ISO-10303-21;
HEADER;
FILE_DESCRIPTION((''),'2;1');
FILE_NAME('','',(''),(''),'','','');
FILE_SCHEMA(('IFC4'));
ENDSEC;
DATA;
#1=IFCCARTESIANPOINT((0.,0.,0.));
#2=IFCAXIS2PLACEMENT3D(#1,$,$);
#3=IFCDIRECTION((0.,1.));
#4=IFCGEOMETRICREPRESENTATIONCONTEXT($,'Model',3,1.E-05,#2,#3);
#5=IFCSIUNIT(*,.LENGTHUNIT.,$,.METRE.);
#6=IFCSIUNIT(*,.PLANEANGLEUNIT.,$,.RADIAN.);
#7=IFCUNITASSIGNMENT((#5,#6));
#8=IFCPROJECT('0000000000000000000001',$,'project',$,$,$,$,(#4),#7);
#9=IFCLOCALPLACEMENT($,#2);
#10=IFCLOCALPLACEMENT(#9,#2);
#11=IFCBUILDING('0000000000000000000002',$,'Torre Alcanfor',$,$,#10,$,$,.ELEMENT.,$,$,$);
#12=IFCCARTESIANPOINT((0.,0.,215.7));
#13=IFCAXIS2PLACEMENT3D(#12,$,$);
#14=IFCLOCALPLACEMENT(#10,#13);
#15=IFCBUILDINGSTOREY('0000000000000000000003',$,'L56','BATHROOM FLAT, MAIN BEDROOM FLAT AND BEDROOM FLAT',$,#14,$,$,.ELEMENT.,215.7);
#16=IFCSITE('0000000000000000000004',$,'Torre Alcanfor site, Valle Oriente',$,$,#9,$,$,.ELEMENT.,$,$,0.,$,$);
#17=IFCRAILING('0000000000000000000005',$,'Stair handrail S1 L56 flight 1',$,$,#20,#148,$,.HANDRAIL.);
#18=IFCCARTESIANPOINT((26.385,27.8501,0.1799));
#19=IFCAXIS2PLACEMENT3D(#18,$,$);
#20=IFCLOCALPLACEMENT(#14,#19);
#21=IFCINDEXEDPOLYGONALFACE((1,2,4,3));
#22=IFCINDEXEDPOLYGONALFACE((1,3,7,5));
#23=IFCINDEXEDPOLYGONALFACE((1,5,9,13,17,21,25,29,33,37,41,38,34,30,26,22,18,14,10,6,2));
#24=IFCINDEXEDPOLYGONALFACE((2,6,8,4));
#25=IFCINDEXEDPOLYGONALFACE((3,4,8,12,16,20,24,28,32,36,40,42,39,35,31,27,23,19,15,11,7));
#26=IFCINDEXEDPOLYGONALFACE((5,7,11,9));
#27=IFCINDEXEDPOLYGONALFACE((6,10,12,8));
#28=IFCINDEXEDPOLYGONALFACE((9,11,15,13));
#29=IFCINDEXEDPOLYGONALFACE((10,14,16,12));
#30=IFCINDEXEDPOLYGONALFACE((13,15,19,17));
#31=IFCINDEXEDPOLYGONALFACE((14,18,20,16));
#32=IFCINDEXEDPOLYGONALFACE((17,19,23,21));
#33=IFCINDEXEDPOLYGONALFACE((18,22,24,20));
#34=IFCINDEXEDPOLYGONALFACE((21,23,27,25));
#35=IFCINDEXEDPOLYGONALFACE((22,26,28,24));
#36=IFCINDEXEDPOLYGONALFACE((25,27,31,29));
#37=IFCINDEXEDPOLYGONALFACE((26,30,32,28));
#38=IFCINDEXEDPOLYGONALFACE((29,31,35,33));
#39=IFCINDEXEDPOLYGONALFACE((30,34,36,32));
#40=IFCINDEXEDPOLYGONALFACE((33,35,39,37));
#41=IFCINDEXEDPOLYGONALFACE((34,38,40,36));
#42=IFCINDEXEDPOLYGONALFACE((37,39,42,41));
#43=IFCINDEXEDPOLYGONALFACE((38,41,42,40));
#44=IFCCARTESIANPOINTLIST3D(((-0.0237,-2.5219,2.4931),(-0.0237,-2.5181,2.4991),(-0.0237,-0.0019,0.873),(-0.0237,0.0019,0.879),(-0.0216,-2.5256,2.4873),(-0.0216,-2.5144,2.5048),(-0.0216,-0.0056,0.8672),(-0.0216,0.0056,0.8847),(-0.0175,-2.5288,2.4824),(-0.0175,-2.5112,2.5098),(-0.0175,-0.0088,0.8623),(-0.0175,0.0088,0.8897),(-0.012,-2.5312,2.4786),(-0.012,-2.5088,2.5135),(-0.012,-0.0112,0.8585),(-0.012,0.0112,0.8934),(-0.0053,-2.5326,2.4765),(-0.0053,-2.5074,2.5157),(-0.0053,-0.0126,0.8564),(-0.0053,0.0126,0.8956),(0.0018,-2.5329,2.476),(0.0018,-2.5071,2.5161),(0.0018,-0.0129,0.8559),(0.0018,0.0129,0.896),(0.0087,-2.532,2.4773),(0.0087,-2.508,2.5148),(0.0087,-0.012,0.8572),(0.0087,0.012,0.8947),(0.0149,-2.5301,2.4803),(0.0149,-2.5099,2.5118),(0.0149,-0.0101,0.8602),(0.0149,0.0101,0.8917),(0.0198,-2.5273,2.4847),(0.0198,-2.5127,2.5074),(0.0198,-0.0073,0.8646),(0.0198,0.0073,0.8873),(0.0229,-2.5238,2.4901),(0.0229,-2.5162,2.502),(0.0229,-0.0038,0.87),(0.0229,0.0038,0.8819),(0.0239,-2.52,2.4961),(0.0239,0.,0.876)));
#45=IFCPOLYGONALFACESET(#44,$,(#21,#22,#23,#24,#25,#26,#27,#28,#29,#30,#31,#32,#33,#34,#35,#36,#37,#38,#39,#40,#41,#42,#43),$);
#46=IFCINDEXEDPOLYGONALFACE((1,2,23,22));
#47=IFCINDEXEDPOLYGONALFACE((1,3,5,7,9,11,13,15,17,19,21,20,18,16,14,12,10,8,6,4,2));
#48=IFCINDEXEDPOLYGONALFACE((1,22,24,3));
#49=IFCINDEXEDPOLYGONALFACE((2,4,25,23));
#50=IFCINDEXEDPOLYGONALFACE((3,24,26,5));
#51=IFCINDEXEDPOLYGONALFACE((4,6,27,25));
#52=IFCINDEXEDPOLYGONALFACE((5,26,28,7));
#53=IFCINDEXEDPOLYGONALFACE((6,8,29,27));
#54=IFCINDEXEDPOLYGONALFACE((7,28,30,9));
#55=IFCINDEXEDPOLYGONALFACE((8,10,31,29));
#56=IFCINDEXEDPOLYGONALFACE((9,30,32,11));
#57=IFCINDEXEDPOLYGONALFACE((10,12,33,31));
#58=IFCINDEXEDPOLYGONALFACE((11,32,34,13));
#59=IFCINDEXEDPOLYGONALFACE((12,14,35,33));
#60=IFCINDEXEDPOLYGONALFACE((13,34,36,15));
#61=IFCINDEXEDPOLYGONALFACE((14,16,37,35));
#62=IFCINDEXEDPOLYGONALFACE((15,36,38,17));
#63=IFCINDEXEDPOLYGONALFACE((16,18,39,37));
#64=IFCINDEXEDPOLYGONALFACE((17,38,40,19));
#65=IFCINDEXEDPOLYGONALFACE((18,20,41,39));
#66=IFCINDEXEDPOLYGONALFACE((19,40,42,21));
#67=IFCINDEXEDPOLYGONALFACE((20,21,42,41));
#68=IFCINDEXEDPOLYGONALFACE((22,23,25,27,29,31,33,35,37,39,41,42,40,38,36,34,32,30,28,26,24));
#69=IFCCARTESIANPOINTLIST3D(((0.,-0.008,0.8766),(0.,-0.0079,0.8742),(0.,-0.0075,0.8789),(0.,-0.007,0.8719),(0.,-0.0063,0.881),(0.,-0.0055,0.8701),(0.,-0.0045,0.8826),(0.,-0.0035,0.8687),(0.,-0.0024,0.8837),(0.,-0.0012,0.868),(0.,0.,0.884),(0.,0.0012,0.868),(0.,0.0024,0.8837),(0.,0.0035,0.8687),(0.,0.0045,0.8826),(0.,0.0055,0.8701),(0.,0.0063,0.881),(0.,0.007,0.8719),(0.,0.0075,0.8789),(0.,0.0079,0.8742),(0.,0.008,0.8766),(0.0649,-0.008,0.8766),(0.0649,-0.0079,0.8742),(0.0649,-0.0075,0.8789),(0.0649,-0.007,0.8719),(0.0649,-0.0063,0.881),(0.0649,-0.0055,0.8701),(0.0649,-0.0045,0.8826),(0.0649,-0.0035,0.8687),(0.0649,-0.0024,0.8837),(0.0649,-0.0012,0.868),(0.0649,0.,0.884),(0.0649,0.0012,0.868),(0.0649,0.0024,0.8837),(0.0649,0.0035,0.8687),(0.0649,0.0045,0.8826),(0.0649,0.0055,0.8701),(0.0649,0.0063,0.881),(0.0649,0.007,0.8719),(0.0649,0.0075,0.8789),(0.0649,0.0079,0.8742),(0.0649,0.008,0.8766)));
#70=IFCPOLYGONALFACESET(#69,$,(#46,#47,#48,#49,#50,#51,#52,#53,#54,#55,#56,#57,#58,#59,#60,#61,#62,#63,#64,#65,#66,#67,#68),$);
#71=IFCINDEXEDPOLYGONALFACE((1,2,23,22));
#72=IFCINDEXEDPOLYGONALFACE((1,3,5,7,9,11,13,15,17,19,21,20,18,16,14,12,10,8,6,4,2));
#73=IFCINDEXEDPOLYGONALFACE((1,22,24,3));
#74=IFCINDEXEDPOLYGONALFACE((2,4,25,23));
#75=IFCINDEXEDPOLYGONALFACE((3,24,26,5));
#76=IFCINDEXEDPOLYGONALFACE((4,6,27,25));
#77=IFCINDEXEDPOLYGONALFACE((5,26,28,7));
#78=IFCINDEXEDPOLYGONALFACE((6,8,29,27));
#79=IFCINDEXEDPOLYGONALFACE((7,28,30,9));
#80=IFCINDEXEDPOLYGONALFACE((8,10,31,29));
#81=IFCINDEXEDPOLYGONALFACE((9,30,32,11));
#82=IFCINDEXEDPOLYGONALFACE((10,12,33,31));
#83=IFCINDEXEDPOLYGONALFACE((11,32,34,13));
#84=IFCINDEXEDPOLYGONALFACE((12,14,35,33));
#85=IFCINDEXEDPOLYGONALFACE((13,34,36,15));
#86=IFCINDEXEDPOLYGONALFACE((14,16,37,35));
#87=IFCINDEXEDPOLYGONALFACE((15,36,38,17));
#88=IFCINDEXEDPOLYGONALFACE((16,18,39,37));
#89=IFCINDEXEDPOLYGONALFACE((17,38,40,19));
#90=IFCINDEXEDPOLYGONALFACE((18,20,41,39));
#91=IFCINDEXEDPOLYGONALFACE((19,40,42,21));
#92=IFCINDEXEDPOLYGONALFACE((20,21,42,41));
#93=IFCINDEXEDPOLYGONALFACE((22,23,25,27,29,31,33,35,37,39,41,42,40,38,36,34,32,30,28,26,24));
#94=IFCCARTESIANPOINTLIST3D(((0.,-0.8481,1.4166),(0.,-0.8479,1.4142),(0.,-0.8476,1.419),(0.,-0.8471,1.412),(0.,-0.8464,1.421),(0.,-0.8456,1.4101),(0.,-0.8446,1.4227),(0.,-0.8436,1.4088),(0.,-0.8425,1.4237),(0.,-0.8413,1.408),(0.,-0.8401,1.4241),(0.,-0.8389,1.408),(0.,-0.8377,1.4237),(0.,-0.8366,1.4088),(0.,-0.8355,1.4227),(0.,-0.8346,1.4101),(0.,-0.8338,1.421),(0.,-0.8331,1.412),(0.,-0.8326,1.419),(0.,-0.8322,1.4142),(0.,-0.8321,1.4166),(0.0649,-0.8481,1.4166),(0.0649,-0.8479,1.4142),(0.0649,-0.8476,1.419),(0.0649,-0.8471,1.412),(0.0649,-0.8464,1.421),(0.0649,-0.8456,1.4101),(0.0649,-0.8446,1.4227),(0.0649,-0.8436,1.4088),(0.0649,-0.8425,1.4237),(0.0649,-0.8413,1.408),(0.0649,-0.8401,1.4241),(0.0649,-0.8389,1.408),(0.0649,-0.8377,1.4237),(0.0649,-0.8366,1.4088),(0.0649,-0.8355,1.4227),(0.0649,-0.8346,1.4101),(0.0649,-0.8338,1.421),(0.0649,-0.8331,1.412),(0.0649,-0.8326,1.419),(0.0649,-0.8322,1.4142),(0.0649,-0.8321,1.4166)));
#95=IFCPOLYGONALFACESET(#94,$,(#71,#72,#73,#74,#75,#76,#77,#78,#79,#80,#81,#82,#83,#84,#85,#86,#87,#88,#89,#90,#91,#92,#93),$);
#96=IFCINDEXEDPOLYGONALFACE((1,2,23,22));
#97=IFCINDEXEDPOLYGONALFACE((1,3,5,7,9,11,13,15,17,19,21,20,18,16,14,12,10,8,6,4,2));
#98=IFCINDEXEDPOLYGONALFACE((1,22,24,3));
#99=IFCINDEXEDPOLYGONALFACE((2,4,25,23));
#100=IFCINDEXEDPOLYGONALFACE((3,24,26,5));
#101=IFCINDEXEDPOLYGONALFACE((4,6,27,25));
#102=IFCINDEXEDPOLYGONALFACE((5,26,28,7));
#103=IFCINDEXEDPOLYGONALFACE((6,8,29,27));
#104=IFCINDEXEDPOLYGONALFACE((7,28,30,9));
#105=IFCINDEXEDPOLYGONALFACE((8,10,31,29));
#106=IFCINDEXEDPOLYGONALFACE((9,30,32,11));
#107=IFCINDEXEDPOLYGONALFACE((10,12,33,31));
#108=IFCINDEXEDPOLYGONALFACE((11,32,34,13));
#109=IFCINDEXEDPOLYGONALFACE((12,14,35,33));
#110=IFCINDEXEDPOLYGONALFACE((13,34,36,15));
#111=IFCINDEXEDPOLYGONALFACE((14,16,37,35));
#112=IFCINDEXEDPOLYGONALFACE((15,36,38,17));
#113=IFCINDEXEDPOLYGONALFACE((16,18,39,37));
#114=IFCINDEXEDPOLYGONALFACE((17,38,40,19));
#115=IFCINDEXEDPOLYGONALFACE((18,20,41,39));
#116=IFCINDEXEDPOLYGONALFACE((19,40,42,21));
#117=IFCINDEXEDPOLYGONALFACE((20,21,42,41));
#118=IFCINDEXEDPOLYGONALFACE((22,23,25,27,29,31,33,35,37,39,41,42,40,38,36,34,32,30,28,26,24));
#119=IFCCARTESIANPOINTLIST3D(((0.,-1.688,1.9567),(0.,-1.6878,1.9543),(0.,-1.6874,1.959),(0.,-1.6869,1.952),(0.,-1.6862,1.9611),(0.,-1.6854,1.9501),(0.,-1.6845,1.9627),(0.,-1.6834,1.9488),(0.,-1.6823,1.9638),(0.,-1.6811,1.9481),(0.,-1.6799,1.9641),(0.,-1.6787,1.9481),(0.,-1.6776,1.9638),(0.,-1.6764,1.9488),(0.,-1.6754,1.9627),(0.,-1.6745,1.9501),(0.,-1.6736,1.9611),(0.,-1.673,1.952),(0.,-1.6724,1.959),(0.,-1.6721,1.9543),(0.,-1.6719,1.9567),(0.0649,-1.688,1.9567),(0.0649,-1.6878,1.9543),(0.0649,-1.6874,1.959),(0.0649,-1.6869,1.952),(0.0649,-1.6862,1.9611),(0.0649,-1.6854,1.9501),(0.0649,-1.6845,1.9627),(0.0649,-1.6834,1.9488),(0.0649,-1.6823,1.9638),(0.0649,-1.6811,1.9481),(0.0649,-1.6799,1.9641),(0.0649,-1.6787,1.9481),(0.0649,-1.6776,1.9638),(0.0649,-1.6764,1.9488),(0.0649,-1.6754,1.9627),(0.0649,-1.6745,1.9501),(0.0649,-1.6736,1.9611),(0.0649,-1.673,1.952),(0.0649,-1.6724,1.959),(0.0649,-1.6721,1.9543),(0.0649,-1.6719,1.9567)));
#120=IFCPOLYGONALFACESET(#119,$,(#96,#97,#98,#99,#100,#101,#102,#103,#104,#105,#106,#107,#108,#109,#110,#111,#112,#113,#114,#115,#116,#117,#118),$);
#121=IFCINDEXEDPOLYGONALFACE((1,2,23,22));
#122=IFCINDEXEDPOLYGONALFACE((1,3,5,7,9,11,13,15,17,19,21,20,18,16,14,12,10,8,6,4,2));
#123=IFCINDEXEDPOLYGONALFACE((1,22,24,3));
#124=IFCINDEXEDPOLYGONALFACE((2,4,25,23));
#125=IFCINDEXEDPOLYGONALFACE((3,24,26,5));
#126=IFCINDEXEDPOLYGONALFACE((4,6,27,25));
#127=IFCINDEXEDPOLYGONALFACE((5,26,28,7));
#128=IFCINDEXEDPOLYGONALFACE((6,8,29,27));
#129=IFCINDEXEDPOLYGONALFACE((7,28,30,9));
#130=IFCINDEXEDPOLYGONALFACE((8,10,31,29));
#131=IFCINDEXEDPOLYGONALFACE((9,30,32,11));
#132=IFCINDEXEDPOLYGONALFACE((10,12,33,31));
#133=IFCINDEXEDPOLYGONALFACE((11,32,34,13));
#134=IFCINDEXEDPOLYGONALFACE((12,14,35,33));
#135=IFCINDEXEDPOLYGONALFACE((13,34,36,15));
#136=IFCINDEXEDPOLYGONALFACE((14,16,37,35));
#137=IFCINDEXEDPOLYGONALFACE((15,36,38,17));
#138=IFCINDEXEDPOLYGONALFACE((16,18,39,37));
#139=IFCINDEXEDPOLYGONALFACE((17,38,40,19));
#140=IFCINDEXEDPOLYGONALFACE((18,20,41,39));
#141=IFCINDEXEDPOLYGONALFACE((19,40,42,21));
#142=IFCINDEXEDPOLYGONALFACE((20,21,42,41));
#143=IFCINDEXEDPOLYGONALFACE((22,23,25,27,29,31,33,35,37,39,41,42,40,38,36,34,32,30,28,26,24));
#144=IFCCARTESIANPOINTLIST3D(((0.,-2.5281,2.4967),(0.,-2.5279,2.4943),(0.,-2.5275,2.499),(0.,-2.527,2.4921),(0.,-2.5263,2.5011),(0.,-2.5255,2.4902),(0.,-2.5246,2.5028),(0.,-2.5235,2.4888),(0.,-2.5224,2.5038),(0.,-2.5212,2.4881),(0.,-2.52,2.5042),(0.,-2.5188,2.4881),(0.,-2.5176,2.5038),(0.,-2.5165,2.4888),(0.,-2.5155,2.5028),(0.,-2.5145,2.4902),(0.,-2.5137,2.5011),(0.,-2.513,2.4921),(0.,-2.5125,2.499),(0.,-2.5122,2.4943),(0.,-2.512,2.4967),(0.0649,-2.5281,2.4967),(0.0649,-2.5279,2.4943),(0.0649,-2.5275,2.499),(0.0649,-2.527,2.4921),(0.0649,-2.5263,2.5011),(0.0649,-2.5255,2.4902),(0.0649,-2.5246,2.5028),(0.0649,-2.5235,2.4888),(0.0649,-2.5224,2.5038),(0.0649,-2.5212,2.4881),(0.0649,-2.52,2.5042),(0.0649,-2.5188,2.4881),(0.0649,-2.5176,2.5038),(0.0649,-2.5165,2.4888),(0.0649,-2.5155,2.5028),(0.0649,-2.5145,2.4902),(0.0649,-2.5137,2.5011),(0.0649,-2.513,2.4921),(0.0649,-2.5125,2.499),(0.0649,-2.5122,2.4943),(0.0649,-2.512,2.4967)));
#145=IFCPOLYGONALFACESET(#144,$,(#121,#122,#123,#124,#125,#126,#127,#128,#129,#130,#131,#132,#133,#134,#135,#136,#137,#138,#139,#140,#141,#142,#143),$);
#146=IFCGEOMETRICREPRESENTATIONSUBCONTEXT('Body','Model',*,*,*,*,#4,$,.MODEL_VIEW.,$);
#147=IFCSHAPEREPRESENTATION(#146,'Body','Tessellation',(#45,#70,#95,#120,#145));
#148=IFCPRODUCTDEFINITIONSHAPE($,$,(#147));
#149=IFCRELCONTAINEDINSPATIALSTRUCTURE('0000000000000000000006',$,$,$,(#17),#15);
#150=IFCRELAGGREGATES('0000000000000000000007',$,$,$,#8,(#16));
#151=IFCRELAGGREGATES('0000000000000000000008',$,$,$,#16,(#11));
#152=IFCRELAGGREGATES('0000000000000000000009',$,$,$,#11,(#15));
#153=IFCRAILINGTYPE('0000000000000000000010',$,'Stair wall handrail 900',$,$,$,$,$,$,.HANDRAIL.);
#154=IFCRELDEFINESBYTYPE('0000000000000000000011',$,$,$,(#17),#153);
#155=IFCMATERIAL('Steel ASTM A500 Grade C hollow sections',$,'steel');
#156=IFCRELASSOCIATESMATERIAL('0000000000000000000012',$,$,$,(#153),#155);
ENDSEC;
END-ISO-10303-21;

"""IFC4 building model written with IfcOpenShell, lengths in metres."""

from ifc_helpers import new_model, si_unit, direction, frame, origin, origin_2d, place, context, subcontext, project, spatial, circle, extrude, material, type_object, element, save


model = new_model("IFC4")

# Units and contexts
model_context = context("Model", 3, precision=1e-05, world=origin(), true_north=direction((0.0, 1.0)))
body_context = subcontext(model_context, "Body", "Model", "MODEL_VIEW")
ifc_project = project(units=[si_unit("LENGTHUNIT", "METRE"), si_unit("PLANEANGLEUNIT", "RADIAN")], contexts=[model_context])

# Site, building, storey
site_placement = place(None, origin())
site = spatial("IfcSite", under=ifc_project, at=site_placement, Name="Torre Alcanfor site, Valle Oriente", CompositionType="ELEMENT", RefElevation=0.0)
building_placement = place(site_placement, origin())
building = spatial("IfcBuilding", under=site, at=building_placement, Name="Torre Alcanfor", CompositionType="ELEMENT")
storey_placement = place(building_placement, frame((0.0, 0.0, 215.7)))
storey = spatial("IfcBuildingStorey", under=building, at=storey_placement, Name="L56", Description="BATHROOM FLAT, MAIN BEDROOM FLAT AND BEDROOM FLAT", CompositionType="ELEMENT", Elevation=215.7)

# Railing
ifc_material_1 = material(Name="Steel ASTM A500 Grade C hollow sections", Category="steel")
railing_type = type_object("IfcRailingType", Name="Stair wall handrail 900", PredefinedType="HANDRAIL", material=ifc_material_1)
railing_placement = place(storey_placement, frame((26.385, 27.8501, 0.1799)))
element("IfcRailing", 1, at=railing_placement, inside=storey, type_object=railing_type, Name="Stair handrail S1 L56 flight 1", PredefinedType="HANDRAIL", context=body_context, shape_type="SweptSolid", body=[
    extrude(circle(Radius=0.0239, at=origin_2d()), frame((0.0, 0.0, 0.876), z_axis=(0.0, -0.841163, 0.540782), x_axis=(1.0, 0.0, 0.0)), (0.0, 0.0, 1.0), 2.9958),
    extrude(circle(Radius=0.0081, at=origin_2d()), frame((0.0, 0.0, 0.876), z_axis=(1.0, 0.0, 0.0), x_axis=(0.0, 0.0, 1.0)), (0.0, 0.0, 1.0), 0.0649),
    extrude(circle(Radius=0.0081, at=origin_2d()), frame((0.0, -0.8401, 1.416), z_axis=(1.0, 0.0, 0.0), x_axis=(0.0, 0.0, 1.0)), (0.0, 0.0, 1.0), 0.0649),
    extrude(circle(Radius=0.0081, at=origin_2d()), frame((0.0, -1.6799, 1.9561), z_axis=(1.0, 0.0, 0.0), x_axis=(0.0, 0.0, 1.0)), (0.0, 0.0, 1.0), 0.0649),
    extrude(circle(Radius=0.0081, at=origin_2d()), frame((0.0, -2.52, 2.4961), z_axis=(1.0, 0.0, 0.0), x_axis=(0.0, 0.0, 1.0)), (0.0, 0.0, 1.0), 0.0649),
])

save(model, "model.ifc")
